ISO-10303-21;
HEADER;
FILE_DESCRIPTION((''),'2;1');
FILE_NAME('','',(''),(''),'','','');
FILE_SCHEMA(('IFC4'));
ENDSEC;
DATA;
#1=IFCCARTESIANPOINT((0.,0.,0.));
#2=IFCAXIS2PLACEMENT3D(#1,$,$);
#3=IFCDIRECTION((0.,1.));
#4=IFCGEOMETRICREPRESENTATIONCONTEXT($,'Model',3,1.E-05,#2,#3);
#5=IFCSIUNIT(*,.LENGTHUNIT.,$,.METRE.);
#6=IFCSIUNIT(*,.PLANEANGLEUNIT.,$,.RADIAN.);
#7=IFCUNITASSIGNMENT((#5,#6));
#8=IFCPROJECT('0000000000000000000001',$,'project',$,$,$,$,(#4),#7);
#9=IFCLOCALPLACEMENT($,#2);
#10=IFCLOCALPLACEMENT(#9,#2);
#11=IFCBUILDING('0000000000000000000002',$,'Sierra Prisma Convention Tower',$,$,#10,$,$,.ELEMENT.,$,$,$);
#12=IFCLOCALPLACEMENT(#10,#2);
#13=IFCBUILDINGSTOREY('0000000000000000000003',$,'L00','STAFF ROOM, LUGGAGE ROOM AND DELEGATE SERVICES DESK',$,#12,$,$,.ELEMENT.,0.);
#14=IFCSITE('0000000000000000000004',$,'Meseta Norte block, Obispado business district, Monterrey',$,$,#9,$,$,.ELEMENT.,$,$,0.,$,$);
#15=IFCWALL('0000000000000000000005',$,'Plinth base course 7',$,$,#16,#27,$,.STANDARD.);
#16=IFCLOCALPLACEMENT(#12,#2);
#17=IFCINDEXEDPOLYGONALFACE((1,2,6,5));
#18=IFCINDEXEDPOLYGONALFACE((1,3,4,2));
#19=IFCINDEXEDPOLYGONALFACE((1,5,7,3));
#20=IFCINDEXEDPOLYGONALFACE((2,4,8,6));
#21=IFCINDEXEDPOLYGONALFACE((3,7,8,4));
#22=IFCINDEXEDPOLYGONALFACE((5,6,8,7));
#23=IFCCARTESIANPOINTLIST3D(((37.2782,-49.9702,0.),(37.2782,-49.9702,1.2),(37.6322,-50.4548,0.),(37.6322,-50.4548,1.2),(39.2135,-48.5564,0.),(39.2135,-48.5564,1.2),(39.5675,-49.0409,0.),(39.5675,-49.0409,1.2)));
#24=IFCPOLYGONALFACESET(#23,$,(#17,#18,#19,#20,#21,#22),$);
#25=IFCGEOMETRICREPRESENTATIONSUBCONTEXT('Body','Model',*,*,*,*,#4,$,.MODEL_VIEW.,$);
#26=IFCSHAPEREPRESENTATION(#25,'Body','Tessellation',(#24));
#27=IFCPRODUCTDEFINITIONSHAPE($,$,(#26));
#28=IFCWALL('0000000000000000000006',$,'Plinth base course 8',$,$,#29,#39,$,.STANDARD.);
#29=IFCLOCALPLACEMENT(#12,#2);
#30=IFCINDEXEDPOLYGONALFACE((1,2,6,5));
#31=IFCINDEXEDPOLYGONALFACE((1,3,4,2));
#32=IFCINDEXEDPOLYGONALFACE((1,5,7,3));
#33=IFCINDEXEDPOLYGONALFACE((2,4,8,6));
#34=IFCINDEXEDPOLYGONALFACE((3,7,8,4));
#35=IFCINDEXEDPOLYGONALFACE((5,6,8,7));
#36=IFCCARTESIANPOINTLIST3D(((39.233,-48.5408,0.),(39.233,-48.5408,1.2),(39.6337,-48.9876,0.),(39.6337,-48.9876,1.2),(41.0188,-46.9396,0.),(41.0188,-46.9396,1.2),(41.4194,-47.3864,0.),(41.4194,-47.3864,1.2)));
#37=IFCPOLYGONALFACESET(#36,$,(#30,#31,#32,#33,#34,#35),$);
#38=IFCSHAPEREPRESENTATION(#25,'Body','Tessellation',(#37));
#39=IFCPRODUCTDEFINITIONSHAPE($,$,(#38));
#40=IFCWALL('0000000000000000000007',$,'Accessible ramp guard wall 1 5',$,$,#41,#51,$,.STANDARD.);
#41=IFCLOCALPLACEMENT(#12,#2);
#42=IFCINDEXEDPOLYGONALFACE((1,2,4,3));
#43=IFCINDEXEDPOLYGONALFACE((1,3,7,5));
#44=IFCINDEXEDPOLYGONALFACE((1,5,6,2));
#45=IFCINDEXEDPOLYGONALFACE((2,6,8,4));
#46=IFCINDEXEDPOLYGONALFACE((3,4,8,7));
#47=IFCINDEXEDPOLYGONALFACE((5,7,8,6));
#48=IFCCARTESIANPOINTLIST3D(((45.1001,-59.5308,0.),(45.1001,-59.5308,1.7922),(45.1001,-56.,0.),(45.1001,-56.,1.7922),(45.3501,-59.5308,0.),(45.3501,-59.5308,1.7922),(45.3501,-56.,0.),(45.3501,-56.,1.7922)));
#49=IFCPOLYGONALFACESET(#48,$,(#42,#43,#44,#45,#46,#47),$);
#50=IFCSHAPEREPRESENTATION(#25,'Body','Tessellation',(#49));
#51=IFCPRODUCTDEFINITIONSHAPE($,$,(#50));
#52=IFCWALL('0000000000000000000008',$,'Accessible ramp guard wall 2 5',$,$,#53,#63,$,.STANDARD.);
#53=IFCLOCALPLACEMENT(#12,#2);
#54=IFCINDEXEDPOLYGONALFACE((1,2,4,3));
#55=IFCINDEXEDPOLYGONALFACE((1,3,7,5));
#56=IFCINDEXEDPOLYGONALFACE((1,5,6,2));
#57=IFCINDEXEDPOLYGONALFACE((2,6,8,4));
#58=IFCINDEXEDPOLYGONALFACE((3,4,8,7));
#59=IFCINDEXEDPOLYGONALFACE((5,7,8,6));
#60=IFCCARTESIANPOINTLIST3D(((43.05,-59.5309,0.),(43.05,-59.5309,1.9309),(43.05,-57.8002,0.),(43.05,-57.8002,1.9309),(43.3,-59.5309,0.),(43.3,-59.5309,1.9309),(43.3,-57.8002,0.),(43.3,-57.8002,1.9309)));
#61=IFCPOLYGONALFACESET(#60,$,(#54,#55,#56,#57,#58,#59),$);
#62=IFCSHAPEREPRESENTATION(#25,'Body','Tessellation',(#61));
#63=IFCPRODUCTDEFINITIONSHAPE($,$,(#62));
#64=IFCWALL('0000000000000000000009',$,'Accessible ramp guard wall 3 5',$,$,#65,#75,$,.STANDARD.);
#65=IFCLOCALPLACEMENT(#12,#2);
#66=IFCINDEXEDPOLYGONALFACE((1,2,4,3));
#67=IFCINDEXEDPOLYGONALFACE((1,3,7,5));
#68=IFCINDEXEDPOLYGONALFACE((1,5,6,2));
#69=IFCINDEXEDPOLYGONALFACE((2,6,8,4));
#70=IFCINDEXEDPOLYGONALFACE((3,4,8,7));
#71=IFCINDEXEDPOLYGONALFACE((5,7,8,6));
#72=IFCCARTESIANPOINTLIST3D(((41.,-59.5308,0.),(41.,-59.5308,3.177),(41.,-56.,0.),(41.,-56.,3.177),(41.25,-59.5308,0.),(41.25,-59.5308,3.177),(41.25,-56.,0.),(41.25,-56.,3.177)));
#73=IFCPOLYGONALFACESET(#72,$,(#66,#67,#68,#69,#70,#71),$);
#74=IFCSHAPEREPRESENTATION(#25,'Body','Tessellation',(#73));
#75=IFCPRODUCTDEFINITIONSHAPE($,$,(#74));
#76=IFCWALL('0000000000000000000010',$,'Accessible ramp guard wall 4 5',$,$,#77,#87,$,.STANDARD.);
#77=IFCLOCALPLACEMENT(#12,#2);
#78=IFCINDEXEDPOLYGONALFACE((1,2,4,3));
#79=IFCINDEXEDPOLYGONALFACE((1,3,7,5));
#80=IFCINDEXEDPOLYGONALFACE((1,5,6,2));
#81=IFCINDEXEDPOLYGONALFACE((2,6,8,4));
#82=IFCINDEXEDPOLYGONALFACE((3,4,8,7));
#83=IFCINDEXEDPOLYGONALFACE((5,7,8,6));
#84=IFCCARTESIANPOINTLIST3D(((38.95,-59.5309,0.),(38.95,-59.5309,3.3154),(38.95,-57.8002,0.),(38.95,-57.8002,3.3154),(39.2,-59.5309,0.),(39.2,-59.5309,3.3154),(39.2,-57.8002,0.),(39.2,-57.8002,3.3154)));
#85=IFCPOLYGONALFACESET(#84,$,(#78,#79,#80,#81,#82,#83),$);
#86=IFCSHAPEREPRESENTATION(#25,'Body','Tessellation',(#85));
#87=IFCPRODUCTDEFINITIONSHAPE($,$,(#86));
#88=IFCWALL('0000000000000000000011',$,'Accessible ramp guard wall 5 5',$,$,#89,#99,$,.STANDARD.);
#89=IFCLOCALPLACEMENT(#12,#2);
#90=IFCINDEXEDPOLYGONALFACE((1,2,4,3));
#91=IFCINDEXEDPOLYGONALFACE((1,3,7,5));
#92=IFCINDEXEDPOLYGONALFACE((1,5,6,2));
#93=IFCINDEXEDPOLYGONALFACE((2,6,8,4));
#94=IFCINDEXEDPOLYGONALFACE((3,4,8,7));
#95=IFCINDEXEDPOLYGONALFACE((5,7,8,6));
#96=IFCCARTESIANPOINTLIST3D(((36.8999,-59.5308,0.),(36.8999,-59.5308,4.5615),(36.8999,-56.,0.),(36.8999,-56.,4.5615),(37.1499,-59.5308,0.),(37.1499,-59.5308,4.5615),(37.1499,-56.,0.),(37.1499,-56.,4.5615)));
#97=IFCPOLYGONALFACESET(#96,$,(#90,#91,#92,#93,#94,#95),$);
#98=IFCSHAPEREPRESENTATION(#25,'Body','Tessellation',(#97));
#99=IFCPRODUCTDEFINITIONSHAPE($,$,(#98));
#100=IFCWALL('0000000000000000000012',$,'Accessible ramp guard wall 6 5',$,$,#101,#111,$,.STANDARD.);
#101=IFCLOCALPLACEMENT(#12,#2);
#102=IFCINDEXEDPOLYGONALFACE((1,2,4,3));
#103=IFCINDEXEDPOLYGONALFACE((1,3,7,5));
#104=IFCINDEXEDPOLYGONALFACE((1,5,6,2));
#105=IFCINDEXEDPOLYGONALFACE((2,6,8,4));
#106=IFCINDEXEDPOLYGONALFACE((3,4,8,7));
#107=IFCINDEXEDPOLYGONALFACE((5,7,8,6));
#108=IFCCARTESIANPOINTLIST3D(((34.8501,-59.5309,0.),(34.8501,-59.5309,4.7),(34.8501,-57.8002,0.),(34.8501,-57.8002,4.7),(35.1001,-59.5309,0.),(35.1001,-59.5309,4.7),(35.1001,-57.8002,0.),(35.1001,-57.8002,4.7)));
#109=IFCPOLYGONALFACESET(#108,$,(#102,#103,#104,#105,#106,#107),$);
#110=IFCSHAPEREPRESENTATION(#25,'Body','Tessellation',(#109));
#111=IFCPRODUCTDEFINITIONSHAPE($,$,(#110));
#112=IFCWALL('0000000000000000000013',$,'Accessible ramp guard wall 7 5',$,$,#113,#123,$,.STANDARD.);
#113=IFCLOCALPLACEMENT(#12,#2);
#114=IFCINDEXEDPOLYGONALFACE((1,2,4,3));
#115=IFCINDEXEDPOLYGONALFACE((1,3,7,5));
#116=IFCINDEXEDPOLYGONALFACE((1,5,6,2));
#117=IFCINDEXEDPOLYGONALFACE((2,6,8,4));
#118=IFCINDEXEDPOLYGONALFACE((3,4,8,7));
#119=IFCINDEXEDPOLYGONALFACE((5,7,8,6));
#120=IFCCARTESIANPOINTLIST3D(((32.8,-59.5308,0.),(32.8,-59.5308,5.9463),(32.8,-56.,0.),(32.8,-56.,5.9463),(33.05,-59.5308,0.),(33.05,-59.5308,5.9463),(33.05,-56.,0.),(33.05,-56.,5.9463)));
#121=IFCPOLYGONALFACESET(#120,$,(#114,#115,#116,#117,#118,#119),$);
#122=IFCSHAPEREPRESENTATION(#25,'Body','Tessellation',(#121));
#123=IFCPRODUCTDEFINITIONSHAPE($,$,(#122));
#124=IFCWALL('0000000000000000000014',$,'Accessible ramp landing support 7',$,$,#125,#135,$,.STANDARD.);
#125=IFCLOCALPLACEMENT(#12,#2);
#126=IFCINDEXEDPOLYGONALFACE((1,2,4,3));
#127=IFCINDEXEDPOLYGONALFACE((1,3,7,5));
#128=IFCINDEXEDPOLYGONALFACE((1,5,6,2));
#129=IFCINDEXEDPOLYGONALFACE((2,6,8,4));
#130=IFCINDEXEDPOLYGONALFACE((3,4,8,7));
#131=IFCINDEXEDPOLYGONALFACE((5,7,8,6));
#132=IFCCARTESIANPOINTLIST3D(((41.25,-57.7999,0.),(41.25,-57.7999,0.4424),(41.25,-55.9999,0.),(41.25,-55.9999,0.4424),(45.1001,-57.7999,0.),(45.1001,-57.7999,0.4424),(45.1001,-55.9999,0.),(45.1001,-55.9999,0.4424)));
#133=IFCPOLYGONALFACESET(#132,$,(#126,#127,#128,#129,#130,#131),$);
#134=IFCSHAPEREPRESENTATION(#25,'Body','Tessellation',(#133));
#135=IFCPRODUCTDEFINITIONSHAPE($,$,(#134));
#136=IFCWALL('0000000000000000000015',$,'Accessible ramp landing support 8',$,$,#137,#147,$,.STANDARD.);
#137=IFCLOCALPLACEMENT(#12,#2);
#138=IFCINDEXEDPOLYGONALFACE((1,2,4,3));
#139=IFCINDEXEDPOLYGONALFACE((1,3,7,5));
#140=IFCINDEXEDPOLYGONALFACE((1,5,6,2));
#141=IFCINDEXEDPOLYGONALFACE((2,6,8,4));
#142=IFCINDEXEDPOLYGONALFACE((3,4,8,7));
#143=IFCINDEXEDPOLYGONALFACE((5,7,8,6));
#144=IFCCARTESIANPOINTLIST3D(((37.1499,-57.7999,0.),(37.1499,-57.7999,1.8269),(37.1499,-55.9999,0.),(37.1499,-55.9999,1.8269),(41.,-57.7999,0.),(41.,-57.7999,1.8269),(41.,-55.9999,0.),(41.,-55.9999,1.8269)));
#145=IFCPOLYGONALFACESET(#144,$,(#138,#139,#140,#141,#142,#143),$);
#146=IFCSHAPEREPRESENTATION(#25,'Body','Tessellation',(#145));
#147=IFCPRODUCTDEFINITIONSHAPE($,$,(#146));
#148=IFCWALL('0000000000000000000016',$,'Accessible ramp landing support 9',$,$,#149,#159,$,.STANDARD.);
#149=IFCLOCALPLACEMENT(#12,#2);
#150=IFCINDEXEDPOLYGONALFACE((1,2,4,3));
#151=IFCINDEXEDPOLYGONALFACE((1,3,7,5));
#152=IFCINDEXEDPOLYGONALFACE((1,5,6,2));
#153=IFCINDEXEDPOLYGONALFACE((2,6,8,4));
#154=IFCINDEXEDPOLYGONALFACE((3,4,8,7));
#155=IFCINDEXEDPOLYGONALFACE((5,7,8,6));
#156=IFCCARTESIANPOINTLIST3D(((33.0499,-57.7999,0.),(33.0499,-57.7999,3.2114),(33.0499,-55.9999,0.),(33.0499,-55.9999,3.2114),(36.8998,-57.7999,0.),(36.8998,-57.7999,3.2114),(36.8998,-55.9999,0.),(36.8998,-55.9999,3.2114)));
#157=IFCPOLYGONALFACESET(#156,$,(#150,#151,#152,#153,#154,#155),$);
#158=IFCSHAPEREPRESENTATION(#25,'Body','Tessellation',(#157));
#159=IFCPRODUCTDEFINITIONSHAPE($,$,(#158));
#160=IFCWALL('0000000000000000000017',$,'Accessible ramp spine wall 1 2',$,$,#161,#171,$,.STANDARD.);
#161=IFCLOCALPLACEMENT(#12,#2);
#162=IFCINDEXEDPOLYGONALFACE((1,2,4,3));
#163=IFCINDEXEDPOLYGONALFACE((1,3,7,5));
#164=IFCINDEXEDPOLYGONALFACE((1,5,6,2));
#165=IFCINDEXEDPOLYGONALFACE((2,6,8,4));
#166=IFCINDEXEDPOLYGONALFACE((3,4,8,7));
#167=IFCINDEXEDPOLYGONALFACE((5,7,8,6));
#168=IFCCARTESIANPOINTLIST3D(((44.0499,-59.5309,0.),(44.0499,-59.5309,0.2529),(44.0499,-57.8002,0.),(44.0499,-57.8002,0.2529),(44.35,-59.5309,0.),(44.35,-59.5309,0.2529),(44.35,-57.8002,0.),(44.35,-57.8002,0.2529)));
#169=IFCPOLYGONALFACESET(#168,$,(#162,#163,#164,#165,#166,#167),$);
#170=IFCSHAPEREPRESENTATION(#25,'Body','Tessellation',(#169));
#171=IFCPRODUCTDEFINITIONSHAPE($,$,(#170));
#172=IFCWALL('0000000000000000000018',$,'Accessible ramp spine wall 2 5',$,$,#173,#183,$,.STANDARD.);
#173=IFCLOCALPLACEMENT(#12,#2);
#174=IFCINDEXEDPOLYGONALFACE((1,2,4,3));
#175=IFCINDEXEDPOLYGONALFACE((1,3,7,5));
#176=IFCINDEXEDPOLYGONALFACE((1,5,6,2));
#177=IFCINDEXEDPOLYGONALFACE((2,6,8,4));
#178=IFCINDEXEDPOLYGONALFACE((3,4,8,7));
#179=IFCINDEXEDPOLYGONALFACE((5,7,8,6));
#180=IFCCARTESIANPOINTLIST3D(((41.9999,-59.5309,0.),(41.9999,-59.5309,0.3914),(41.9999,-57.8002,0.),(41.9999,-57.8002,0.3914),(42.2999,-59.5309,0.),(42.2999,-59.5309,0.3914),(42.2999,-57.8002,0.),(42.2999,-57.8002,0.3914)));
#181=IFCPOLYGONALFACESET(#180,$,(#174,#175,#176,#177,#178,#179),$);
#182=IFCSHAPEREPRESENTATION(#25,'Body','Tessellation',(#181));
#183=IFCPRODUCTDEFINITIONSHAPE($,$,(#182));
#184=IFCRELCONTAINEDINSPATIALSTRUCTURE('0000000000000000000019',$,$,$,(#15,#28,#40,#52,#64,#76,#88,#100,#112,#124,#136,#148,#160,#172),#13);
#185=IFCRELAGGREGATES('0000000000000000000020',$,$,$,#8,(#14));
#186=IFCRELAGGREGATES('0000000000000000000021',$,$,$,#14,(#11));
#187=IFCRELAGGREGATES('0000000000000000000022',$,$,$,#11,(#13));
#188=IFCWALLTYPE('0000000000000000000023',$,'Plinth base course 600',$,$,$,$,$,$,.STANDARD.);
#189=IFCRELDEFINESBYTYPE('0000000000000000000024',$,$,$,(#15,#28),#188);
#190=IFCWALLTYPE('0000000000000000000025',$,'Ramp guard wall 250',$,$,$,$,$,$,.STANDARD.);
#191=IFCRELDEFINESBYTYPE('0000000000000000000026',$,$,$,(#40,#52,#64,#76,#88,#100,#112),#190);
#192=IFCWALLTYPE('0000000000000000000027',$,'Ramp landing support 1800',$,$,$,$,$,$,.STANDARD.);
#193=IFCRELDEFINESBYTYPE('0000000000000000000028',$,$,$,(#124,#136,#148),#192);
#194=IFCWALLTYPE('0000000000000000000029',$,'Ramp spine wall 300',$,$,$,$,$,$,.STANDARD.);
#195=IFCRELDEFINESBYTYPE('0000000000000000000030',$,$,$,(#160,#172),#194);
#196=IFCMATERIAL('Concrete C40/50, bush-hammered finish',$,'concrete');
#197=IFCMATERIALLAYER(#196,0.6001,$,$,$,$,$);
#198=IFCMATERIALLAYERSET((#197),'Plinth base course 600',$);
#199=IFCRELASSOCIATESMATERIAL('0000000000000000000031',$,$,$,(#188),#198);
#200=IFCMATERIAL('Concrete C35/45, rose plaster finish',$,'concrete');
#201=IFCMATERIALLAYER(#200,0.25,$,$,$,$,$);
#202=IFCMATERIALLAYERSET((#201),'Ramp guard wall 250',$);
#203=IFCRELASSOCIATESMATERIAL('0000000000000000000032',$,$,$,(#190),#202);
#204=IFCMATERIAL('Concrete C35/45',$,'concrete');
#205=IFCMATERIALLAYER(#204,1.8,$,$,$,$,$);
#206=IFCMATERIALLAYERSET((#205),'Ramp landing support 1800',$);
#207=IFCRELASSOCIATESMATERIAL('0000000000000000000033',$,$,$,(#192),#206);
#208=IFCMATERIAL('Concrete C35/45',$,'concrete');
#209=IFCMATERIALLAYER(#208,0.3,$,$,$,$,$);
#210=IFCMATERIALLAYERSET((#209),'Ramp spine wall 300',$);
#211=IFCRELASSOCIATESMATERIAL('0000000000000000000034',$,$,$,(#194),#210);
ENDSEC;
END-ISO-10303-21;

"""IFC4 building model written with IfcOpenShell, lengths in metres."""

from ifc_helpers import new_model, si_unit, direction, frame, frame_2d, origin, place, context, subcontext, project, spatial, rectangle, extrude, material, layer, layer_set, type_object, element, save


model = new_model("IFC4")

# Units and contexts
model_context = context("Model", 3, precision=1e-05, world=origin(), true_north=direction((0.0, 1.0)))
body_context = subcontext(model_context, "Body", "Model", "MODEL_VIEW")
ifc_project = project(units=[si_unit("LENGTHUNIT", "METRE"), si_unit("PLANEANGLEUNIT", "RADIAN")], contexts=[model_context])

# Site, building, storey
site_placement = place(None, origin())
site = spatial("IfcSite", under=ifc_project, at=site_placement, Name="Meseta Norte block, Obispado business district, Monterrey", CompositionType="ELEMENT", RefElevation=0.0)
building_placement = place(site_placement, origin())
building = spatial("IfcBuilding", under=site, at=building_placement, Name="Sierra Prisma Convention Tower", CompositionType="ELEMENT")
storey_placement = place(building_placement, origin())
storey = spatial("IfcBuildingStorey", under=building, at=storey_placement, Name="L00", Description="STAFF ROOM, LUGGAGE ROOM AND DELEGATE SERVICES DESK", CompositionType="ELEMENT", Elevation=0.0)

# Walls
ifc_material_1 = material(Name="Concrete C40/50, bush-hammered finish", Category="concrete")
ifc_layer_1 = layer(ifc_material_1, 0.6001)
ifc_layer_set_1 = layer_set([ifc_layer_1], Name="Plinth base course 600")
wall_type_1 = type_object("IfcWallType", Name="Plinth base course 600", PredefinedType="STANDARD", material=ifc_layer_set_1)
wall_1_placement = place(storey_placement, frame((37.4553, -50.2124, 0.0), z_axis=(0.0, 0.0, 1.0), x_axis=(0.807479, 0.589897, 0.0)))
element("IfcWall", 1, at=wall_1_placement, inside=storey, type_object=wall_type_1, Name="Plinth base course 7", PredefinedType="STANDARD", context=body_context, shape_type="SweptSolid", body=[
    extrude(rectangle(XDim=2.3967, YDim=0.6001, at=frame_2d((1.1982, 0.0))), origin(), (0.0, 0.0, 1.0), 1.2),
])
wall_2_placement = place(storey_placement, frame((39.4333, -48.7642, 0.0), z_axis=(0.0, 0.0, 1.0), x_axis=(0.744538, 0.66758, 0.0)))
element("IfcWall", 2, at=wall_2_placement, inside=storey, type_object=wall_type_1, Name="Plinth base course 8", PredefinedType="STANDARD", context=body_context, shape_type="SweptSolid", body=[
    extrude(rectangle(XDim=2.3984, YDim=0.6001, at=frame_2d((1.1992, 0.0))), origin(), (0.0, 0.0, 1.0), 1.2),
])
ifc_material_2 = material(Name="Concrete C35/45, rose plaster finish", Category="concrete")
ifc_layer_2 = layer(ifc_material_2, 0.25)
ifc_layer_set_2 = layer_set([ifc_layer_2], Name="Ramp guard wall 250")
wall_type_2 = type_object("IfcWallType", Name="Ramp guard wall 250", PredefinedType="STANDARD", material=ifc_layer_set_2)
wall_3_placement = place(storey_placement, frame((45.2251, -59.5308, 0.0), z_axis=(0.0, 0.0, 1.0), x_axis=(0.0, 1.0, 0.0)))
element("IfcWall", 3, at=wall_3_placement, inside=storey, type_object=wall_type_2, Name="Accessible ramp guard wall 1 5", PredefinedType="STANDARD", context=body_context, shape_type="SweptSolid", body=[
    extrude(rectangle(XDim=3.5308, YDim=0.25, at=frame_2d((1.7654, 0.0))), origin(), (0.0, 0.0, 1.0), 1.7922),
])
wall_4_placement = place(storey_placement, frame((43.175, -59.5308, 0.0), z_axis=(0.0, 0.0, 1.0), x_axis=(0.0, 1.0, 0.0)))
element("IfcWall", 4, at=wall_4_placement, inside=storey, type_object=wall_type_2, Name="Accessible ramp guard wall 2 5", PredefinedType="STANDARD", context=body_context, shape_type="SweptSolid", body=[
    extrude(rectangle(XDim=1.7307, YDim=0.25, at=frame_2d((0.8652, 0.0))), origin(), (0.0, 0.0, 1.0), 1.9309),
])
wall_5_placement = place(storey_placement, frame((41.125, -59.5308, 0.0), z_axis=(0.0, 0.0, 1.0), x_axis=(0.0, 1.0, 0.0)))
element("IfcWall", 5, at=wall_5_placement, inside=storey, type_object=wall_type_2, Name="Accessible ramp guard wall 3 5", PredefinedType="STANDARD", context=body_context, shape_type="SweptSolid", body=[
    extrude(rectangle(XDim=3.5308, YDim=0.25, at=frame_2d((1.7654, 0.0))), origin(), (0.0, 0.0, 1.0), 3.177),
])
wall_6_placement = place(storey_placement, frame((39.075, -59.5308, 0.0), z_axis=(0.0, 0.0, 1.0), x_axis=(0.0, 1.0, 0.0)))
element("IfcWall", 6, at=wall_6_placement, inside=storey, type_object=wall_type_2, Name="Accessible ramp guard wall 4 5", PredefinedType="STANDARD", context=body_context, shape_type="SweptSolid", body=[
    extrude(rectangle(XDim=1.7307, YDim=0.25, at=frame_2d((0.8652, 0.0))), origin(), (0.0, 0.0, 1.0), 3.3154),
])
wall_7_placement = place(storey_placement, frame((37.0249, -59.5308, 0.0), z_axis=(0.0, 0.0, 1.0), x_axis=(0.0, 1.0, 0.0)))
element("IfcWall", 7, at=wall_7_placement, inside=storey, type_object=wall_type_2, Name="Accessible ramp guard wall 5 5", PredefinedType="STANDARD", context=body_context, shape_type="SweptSolid", body=[
    extrude(rectangle(XDim=3.5308, YDim=0.25, at=frame_2d((1.7654, 0.0))), origin(), (0.0, 0.0, 1.0), 4.5615),
])
wall_8_placement = place(storey_placement, frame((34.9751, -59.5308, 0.0), z_axis=(0.0, 0.0, 1.0), x_axis=(0.0, 1.0, 0.0)))
element("IfcWall", 8, at=wall_8_placement, inside=storey, type_object=wall_type_2, Name="Accessible ramp guard wall 6 5", PredefinedType="STANDARD", context=body_context, shape_type="SweptSolid", body=[
    extrude(rectangle(XDim=1.7307, YDim=0.25, at=frame_2d((0.8652, 0.0))), origin(), (0.0, 0.0, 1.0), 4.7),
])
wall_9_placement = place(storey_placement, frame((32.925, -59.5308, 0.0), z_axis=(0.0, 0.0, 1.0), x_axis=(0.0, 1.0, 0.0)))
element("IfcWall", 9, at=wall_9_placement, inside=storey, type_object=wall_type_2, Name="Accessible ramp guard wall 7 5", PredefinedType="STANDARD", context=body_context, shape_type="SweptSolid", body=[
    extrude(rectangle(XDim=3.5308, YDim=0.25, at=frame_2d((1.7654, 0.0))), origin(), (0.0, 0.0, 1.0), 5.9463),
])
ifc_material_3 = material(Name="Concrete C35/45", Category="concrete")
ifc_layer_3 = layer(ifc_material_3, 1.8)
ifc_layer_set_3 = layer_set([ifc_layer_3], Name="Ramp landing support 1800")
wall_type_3 = type_object("IfcWallType", Name="Ramp landing support 1800", PredefinedType="STANDARD", material=ifc_layer_set_3)
wall_10_placement = place(storey_placement, frame((41.25, -56.8999, 0.0), z_axis=(0.0, 0.0, 1.0), x_axis=(1.0, 0.0, 0.0)))
element("IfcWall", 10, at=wall_10_placement, inside=storey, type_object=wall_type_3, Name="Accessible ramp landing support 7", PredefinedType="STANDARD", context=body_context, shape_type="SweptSolid", body=[
    extrude(rectangle(XDim=3.8501, YDim=1.8, at=frame_2d((1.925, 0.0))), origin(), (0.0, 0.0, 1.0), 0.4424),
])
wall_11_placement = place(storey_placement, frame((37.1499, -56.8999, 0.0), z_axis=(0.0, 0.0, 1.0), x_axis=(1.0, 0.0, 0.0)))
element("IfcWall", 11, at=wall_11_placement, inside=storey, type_object=wall_type_3, Name="Accessible ramp landing support 8", PredefinedType="STANDARD", context=body_context, shape_type="SweptSolid", body=[
    extrude(rectangle(XDim=3.8501, YDim=1.8, at=frame_2d((1.925, 0.0))), origin(), (0.0, 0.0, 1.0), 1.8269),
])
wall_12_placement = place(storey_placement, frame((33.05, -56.8999, 0.0), z_axis=(0.0, 0.0, 1.0), x_axis=(1.0, 0.0, 0.0)))
element("IfcWall", 12, at=wall_12_placement, inside=storey, type_object=wall_type_3, Name="Accessible ramp landing support 9", PredefinedType="STANDARD", context=body_context, shape_type="SweptSolid", body=[
    extrude(rectangle(XDim=3.8499, YDim=1.8, at=frame_2d((1.9248, 0.0))), origin(), (0.0, 0.0, 1.0), 3.2114),
])
ifc_material_4 = material(Name="Concrete C35/45", Category="concrete")
ifc_layer_4 = layer(ifc_material_4, 0.3)
ifc_layer_set_4 = layer_set([ifc_layer_4], Name="Ramp spine wall 300")
wall_type_4 = type_object("IfcWallType", Name="Ramp spine wall 300", PredefinedType="STANDARD", material=ifc_layer_set_4)
wall_13_placement = place(storey_placement, frame((44.2, -59.5308, 0.0), z_axis=(0.0, 0.0, 1.0), x_axis=(0.0, 1.0, 0.0)))
element("IfcWall", 13, at=wall_13_placement, inside=storey, type_object=wall_type_4, Name="Accessible ramp spine wall 1 2", PredefinedType="STANDARD", context=body_context, shape_type="SweptSolid", body=[
    extrude(rectangle(XDim=1.7307, YDim=0.3, at=frame_2d((0.8652, 0.0))), origin(), (0.0, 0.0, 1.0), 0.2529),
])
wall_14_placement = place(storey_placement, frame((42.1499, -59.5308, 0.0), z_axis=(0.0, 0.0, 1.0), x_axis=(0.0, 1.0, 0.0)))
element("IfcWall", 14, at=wall_14_placement, inside=storey, type_object=wall_type_4, Name="Accessible ramp spine wall 2 5", PredefinedType="STANDARD", context=body_context, shape_type="SweptSolid", body=[
    extrude(rectangle(XDim=1.7307, YDim=0.3, at=frame_2d((0.8652, 0.0))), origin(), (0.0, 0.0, 1.0), 0.3914),
])

save(model, "model.ifc")
